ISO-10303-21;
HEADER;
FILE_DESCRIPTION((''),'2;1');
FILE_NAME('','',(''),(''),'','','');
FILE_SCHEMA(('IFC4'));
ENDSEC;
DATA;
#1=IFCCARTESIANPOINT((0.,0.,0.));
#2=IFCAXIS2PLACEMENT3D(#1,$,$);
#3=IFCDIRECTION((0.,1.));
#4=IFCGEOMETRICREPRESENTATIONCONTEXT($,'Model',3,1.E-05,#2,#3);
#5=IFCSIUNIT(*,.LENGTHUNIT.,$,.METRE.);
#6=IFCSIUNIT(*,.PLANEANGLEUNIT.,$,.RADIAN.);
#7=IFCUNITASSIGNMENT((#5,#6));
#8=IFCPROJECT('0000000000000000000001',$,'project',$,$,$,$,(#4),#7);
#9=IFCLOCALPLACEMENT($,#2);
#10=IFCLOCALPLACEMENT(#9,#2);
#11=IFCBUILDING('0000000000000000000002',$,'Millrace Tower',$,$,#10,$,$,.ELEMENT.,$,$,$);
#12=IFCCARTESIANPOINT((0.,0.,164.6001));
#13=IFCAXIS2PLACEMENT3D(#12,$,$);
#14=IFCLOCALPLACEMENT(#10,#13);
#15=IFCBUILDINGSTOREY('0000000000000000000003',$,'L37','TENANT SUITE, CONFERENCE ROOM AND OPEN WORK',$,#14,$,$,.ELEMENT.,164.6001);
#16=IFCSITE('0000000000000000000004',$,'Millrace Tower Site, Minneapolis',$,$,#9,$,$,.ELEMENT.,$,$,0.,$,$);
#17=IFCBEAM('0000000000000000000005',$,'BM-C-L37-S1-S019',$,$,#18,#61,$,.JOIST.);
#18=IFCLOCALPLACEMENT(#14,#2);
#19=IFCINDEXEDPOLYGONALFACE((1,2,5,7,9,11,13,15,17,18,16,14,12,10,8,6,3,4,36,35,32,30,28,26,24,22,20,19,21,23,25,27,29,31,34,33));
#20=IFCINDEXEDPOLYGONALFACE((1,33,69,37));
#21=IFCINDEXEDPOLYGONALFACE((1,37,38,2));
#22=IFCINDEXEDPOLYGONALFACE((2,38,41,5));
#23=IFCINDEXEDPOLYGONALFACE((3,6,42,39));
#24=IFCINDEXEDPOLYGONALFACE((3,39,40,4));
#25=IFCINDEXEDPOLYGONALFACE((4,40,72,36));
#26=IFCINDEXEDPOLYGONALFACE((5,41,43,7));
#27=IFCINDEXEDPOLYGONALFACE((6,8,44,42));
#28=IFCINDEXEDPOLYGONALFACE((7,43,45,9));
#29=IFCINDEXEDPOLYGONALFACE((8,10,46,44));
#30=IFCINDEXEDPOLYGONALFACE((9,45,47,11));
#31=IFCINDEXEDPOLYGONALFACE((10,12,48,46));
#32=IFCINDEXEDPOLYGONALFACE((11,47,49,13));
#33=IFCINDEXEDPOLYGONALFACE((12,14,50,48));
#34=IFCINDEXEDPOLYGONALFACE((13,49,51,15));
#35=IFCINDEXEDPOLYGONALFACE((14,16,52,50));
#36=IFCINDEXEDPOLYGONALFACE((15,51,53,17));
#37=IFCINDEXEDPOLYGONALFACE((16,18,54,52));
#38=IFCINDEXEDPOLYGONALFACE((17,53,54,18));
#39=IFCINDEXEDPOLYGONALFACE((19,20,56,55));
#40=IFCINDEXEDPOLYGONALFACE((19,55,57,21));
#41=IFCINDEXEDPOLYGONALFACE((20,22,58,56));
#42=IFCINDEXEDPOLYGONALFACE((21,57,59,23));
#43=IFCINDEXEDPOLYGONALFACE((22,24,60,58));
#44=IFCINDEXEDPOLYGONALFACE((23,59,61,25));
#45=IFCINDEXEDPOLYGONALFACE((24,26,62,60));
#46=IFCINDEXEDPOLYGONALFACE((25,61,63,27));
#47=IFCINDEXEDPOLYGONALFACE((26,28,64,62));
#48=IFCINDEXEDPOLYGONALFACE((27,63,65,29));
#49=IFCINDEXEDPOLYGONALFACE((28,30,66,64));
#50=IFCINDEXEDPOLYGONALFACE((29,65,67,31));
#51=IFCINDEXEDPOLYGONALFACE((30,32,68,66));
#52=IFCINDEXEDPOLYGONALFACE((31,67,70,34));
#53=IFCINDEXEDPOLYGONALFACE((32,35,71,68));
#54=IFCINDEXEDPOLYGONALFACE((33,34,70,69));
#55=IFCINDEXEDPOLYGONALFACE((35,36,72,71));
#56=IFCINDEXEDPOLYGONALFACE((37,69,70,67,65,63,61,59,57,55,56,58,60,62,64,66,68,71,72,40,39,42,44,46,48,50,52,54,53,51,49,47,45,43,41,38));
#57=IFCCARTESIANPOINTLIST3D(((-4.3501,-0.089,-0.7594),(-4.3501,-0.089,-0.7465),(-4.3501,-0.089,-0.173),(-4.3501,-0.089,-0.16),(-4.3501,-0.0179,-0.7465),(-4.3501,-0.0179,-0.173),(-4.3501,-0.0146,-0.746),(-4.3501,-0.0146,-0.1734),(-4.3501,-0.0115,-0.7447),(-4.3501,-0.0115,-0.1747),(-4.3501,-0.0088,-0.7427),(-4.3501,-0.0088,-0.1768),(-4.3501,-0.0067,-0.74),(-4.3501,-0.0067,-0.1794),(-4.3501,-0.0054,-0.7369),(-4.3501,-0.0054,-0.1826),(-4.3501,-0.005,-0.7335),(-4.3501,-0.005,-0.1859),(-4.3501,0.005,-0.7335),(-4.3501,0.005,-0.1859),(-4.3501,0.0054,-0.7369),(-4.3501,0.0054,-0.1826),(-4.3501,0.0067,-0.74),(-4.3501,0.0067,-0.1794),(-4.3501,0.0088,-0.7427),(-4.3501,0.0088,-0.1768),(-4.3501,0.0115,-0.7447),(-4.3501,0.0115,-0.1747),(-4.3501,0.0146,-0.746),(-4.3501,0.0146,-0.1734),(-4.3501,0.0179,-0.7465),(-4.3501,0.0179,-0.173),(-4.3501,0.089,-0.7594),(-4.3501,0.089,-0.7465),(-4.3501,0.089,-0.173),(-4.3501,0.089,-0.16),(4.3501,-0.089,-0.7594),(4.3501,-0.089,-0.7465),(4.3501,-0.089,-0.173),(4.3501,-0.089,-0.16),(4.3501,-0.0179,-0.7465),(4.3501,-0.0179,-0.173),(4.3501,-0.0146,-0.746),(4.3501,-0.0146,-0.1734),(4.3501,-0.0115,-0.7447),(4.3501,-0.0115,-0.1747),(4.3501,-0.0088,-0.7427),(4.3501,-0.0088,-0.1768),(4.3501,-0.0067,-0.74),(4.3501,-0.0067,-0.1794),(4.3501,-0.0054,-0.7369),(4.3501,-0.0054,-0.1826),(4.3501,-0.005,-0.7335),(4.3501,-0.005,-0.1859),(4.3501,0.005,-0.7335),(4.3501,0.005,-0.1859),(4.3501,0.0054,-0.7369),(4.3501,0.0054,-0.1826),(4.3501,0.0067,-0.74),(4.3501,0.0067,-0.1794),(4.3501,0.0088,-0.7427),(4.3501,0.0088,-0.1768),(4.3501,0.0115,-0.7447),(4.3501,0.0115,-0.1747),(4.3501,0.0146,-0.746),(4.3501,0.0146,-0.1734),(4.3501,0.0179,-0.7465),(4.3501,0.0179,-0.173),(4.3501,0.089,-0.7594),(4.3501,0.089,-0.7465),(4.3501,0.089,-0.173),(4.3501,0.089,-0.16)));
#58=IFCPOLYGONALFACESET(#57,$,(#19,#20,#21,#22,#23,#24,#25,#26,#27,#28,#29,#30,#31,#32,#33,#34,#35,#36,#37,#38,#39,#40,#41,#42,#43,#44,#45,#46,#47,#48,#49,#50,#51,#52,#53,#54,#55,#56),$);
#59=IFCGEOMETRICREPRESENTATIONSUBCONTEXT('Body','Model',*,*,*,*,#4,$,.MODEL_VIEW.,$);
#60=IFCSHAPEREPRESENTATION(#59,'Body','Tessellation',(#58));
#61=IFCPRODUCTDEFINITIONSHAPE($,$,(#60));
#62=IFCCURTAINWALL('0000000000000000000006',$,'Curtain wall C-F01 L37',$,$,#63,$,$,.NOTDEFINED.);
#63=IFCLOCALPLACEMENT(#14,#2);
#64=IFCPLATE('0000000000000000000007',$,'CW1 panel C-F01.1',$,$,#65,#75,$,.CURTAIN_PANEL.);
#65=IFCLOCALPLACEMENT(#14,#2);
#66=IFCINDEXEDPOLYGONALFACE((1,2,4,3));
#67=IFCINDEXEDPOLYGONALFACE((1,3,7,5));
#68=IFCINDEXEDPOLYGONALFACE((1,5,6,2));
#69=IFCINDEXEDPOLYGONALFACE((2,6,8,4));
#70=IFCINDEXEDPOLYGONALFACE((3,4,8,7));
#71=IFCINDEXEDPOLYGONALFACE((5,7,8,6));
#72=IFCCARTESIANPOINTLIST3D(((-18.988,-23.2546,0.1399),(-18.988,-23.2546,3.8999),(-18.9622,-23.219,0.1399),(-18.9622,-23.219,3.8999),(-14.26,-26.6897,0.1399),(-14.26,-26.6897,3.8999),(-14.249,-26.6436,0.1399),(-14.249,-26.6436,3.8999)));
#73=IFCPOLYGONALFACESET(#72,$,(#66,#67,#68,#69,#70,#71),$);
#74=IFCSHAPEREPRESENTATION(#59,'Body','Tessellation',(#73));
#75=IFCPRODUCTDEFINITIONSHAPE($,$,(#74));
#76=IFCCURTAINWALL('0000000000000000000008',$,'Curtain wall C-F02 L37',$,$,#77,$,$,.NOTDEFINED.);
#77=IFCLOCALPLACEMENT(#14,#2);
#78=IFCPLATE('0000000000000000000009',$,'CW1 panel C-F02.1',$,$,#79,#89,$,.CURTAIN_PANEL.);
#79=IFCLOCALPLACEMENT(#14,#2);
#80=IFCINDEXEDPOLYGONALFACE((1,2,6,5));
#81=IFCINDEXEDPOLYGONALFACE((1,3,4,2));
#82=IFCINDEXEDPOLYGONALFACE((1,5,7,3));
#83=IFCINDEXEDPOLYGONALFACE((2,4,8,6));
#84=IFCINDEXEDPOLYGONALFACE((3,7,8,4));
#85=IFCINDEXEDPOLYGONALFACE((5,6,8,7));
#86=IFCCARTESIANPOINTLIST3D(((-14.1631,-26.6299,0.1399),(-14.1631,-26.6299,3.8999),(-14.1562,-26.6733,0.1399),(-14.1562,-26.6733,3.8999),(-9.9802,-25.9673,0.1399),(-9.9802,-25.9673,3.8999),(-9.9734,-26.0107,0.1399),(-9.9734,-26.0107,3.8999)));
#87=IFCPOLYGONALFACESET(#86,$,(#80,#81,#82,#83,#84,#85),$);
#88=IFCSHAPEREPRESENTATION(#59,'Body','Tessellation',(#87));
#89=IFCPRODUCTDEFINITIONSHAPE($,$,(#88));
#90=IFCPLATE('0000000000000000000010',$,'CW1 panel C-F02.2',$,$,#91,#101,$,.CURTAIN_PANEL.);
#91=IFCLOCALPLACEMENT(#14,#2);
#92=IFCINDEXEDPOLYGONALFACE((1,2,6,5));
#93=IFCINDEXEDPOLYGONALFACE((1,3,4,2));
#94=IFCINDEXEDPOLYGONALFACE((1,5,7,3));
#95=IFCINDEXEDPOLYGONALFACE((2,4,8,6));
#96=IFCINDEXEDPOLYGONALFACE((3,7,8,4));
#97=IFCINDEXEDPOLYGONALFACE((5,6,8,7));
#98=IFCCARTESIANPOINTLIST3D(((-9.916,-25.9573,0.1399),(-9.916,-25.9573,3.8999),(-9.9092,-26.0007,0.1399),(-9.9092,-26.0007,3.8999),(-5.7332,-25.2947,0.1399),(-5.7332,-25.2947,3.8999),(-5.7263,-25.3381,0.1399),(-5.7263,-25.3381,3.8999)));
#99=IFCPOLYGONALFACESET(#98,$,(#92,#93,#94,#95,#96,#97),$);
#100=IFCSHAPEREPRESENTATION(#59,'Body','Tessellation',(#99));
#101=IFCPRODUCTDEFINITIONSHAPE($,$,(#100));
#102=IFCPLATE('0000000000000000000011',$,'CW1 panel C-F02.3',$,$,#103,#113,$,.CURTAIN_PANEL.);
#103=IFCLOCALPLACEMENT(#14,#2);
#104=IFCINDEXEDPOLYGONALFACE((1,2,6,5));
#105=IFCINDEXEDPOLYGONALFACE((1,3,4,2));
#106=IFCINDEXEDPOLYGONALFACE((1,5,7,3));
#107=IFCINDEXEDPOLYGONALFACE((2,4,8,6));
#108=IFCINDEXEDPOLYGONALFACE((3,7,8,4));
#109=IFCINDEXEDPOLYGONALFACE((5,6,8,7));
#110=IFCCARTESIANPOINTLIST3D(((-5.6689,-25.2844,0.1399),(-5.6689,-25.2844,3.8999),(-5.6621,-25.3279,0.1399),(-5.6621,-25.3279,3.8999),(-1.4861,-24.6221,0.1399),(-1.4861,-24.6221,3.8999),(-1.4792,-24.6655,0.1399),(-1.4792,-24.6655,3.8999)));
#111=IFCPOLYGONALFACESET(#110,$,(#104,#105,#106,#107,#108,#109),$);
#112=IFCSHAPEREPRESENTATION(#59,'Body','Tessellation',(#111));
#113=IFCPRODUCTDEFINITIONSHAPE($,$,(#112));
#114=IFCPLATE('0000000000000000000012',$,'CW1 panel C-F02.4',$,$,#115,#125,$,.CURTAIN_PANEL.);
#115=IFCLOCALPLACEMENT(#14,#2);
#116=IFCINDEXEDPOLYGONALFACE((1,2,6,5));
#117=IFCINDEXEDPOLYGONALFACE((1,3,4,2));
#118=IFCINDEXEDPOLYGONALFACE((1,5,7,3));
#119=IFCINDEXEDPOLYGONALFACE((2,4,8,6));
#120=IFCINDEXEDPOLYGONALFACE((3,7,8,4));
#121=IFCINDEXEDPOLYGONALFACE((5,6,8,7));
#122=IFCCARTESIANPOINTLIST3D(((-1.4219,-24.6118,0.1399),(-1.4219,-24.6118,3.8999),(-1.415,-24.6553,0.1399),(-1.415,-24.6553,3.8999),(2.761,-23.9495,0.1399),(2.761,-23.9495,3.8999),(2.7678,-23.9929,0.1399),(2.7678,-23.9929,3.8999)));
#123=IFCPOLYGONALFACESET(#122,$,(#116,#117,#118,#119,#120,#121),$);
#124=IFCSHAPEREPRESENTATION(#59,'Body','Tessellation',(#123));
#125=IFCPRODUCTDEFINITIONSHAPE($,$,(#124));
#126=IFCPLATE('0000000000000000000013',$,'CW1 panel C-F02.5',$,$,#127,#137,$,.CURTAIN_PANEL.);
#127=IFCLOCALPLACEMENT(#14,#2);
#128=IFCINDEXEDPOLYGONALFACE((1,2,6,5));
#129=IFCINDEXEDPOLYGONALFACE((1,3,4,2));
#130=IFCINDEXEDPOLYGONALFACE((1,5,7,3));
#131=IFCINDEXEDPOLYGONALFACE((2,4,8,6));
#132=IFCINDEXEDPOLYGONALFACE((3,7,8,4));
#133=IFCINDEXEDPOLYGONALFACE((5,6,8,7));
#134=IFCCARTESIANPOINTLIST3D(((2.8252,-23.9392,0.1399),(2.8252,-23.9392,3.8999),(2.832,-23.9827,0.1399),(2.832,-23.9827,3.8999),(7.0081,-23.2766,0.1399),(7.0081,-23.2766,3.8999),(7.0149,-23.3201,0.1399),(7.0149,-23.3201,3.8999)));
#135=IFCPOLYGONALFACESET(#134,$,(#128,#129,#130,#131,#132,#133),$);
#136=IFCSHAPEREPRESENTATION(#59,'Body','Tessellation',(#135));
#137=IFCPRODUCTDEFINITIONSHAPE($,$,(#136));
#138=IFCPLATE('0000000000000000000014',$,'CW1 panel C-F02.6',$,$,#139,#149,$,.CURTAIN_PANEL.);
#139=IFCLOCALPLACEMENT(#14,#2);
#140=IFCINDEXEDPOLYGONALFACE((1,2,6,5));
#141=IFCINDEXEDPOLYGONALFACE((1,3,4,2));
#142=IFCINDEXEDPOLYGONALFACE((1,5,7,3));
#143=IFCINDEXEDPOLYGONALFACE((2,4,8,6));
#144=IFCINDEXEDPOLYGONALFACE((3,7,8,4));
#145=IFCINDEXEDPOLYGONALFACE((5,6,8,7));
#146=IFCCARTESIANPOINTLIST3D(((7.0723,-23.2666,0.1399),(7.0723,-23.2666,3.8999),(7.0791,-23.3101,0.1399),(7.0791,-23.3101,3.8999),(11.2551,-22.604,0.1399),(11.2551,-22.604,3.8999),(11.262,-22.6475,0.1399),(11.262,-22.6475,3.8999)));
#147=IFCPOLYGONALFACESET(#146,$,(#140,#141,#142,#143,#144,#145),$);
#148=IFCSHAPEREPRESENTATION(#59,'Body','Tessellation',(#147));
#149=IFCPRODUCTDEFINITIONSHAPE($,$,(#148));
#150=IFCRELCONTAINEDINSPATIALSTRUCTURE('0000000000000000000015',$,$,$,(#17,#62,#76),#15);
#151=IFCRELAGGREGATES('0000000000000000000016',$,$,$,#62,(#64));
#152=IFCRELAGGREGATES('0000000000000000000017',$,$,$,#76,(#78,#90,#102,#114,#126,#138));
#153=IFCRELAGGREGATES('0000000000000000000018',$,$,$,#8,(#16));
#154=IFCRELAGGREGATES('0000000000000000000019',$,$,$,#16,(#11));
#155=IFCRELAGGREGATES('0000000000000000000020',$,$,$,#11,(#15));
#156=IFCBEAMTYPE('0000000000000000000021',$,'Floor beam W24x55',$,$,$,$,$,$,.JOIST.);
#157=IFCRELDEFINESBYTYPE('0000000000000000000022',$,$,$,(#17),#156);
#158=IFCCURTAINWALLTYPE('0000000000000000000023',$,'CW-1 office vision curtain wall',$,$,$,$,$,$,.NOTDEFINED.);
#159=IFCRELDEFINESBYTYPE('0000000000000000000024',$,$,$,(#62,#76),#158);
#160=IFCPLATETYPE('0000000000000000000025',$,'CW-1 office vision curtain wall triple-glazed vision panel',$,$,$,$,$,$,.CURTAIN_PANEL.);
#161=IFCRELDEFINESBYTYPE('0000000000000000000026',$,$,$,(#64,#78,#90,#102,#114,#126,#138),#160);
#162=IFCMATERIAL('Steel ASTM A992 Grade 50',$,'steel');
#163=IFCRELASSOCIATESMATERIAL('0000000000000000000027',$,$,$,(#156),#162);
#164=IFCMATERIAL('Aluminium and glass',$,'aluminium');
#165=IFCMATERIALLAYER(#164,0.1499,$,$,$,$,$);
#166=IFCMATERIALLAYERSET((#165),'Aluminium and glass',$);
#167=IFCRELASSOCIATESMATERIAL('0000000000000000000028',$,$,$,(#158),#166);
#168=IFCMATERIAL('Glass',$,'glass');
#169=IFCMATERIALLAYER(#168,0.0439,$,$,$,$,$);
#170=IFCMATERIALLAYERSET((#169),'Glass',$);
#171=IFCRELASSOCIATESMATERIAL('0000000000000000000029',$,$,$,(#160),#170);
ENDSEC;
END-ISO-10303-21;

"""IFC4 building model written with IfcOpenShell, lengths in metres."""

from ifc_helpers import new_model, si_unit, direction, frame, origin, origin_2d, place, context, subcontext, project, spatial, polyline, i_section, outline, extrude, material, layer, layer_set, material_profile, profile_set, type_object, element, aggregate, save


model = new_model("IFC4")

# Units and contexts
model_context = context("Model", 3, precision=1e-05, world=origin(), true_north=direction((0.0, 1.0)))
body_context = subcontext(model_context, "Body", "Model", "MODEL_VIEW")
ifc_project = project(units=[si_unit("LENGTHUNIT", "METRE"), si_unit("PLANEANGLEUNIT", "RADIAN")], contexts=[model_context])

# Site, building, storey
site_placement = place(None, origin())
site = spatial("IfcSite", under=ifc_project, at=site_placement, Name="Millrace Tower Site, Minneapolis", CompositionType="ELEMENT", RefElevation=0.0)
building_placement = place(site_placement, origin())
building = spatial("IfcBuilding", under=site, at=building_placement, Name="Millrace Tower", CompositionType="ELEMENT")
storey_placement = place(building_placement, frame((0.0, 0.0, 164.6001)))
storey = spatial("IfcBuildingStorey", under=building, at=storey_placement, Name="L37", Description="TENANT SUITE, CONFERENCE ROOM AND OPEN WORK", CompositionType="ELEMENT", Elevation=164.6001)

# Beam
ifc_material_1 = material(Name="Steel ASTM A992 Grade 50", Category="steel")
ifc_material_profile_1 = material_profile(ifc_material_1, i_section(OverallWidth=0.178, OverallDepth=0.5994, WebThickness=0.01, FlangeThickness=0.0129, FilletRadius=0.0129, at=origin_2d()))
ifc_profile_set_1 = profile_set([ifc_material_profile_1], Name="Steel ASTM A992 Grade 50")
beam_type_1 = type_object("IfcBeamType", Name="Floor beam W24x55", PredefinedType="JOIST", material=ifc_profile_set_1)
for number, where, z_axis, x_axis, name in (
    (1, (-4.3501, 0.0, -0.4597), (1.0, 0.0, 0.0), (0.0, 1.0, 0.0), "BM-C-L37-S1-S019"),
):
    element("IfcBeam", number, at=place(storey_placement, frame(where, z_axis=z_axis, x_axis=x_axis)), inside=storey, type_object=beam_type_1, Name=name, PredefinedType="JOIST", context=body_context, shape_type="SweptSolid", body=[
        extrude(i_section(OverallWidth=0.178, OverallDepth=0.5994, WebThickness=0.01, FlangeThickness=0.0129, FilletRadius=0.0129, at=origin_2d()), origin(), (0.0, 0.0, 1.0), 8.7002),
    ])

# Curtain wall, plate
ifc_material_2 = material(Name="Aluminium and glass", Category="aluminium")
ifc_layer_1 = layer(ifc_material_2, 0.1499)
ifc_layer_set_1 = layer_set([ifc_layer_1], Name="Aluminium and glass")
curtain_wall_type = type_object("IfcCurtainWallType", Name="CW-1 office vision curtain wall", PredefinedType="NOTDEFINED", material=ifc_layer_set_1)
placement_1 = place(storey_placement, origin())
curtain_wall_1 = element("IfcCurtainWall", 2, at=placement_1, inside=storey, type_object=curtain_wall_type, Name="Curtain wall C-F01 L37", PredefinedType="NOTDEFINED")
ifc_material_3 = material(Name="Glass", Category="glass")
ifc_layer_2 = layer(ifc_material_3, 0.0439)
ifc_layer_set_2 = layer_set([ifc_layer_2], Name="Glass")
plate_type = type_object("IfcPlateType", Name="CW-1 office vision curtain wall triple-glazed vision panel", PredefinedType="CURTAIN_PANEL", material=ifc_layer_set_2)
placement_2 = place(storey_placement, frame((0.0, 0.0, 0.1399)))
plate_1 = element("IfcPlate", 3, at=placement_2, type_object=plate_type, Name="CW1 panel C-F01.1", PredefinedType="CURTAIN_PANEL", context=body_context, shape_type="SweptSolid", body=[
    extrude(outline(polyline([(-18.988, -23.2546), (-14.26, -26.6897), (-14.249, -26.6436), (-18.9622, -23.219), (-18.988, -23.2546)])), origin(), (0.0, 0.0, 1.0), 3.76),
])
aggregate(curtain_wall_1, [plate_1])

# Curtain wall, plates
curtain_wall_2 = element("IfcCurtainWall", 4, at=placement_1, inside=storey, type_object=curtain_wall_type, Name="Curtain wall C-F02 L37", PredefinedType="NOTDEFINED")
plate_2 = element("IfcPlate", 5, at=placement_2, type_object=plate_type, Name="CW1 panel C-F02.1", PredefinedType="CURTAIN_PANEL", context=body_context, shape_type="SweptSolid", body=[
    extrude(outline(polyline([(-14.1562, -26.6733), (-9.9734, -26.0107), (-9.9802, -25.9673), (-14.1631, -26.6299), (-14.1562, -26.6733)])), origin(), (0.0, 0.0, 1.0), 3.76),
])
plate_3 = element("IfcPlate", 6, at=placement_2, type_object=plate_type, Name="CW1 panel C-F02.2", PredefinedType="CURTAIN_PANEL", context=body_context, shape_type="SweptSolid", body=[
    extrude(outline(polyline([(-9.9092, -26.0007), (-5.7263, -25.3381), (-5.7332, -25.2947), (-9.916, -25.9573), (-9.9092, -26.0007)])), origin(), (0.0, 0.0, 1.0), 3.76),
])
plate_4 = element("IfcPlate", 7, at=placement_2, type_object=plate_type, Name="CW1 panel C-F02.3", PredefinedType="CURTAIN_PANEL", context=body_context, shape_type="SweptSolid", body=[
    extrude(outline(polyline([(-5.6621, -25.3279), (-1.4792, -24.6655), (-1.4861, -24.6221), (-5.6689, -25.2844), (-5.6621, -25.3279)])), origin(), (0.0, 0.0, 1.0), 3.76),
])
plate_5 = element("IfcPlate", 8, at=placement_2, type_object=plate_type, Name="CW1 panel C-F02.4", PredefinedType="CURTAIN_PANEL", context=body_context, shape_type="SweptSolid", body=[
    extrude(outline(polyline([(-1.415, -24.6553), (2.7678, -23.9929), (2.761, -23.9495), (-1.4219, -24.6118), (-1.415, -24.6553)])), origin(), (0.0, 0.0, 1.0), 3.76),
])
plate_6 = element("IfcPlate", 9, at=placement_2, type_object=plate_type, Name="CW1 panel C-F02.5", PredefinedType="CURTAIN_PANEL", context=body_context, shape_type="SweptSolid", body=[
    extrude(outline(polyline([(2.832, -23.9827), (7.0149, -23.3201), (7.0081, -23.2766), (2.8252, -23.9392), (2.832, -23.9827)])), origin(), (0.0, 0.0, 1.0), 3.76),
])
plate_7 = element("IfcPlate", 10, at=placement_2, type_object=plate_type, Name="CW1 panel C-F02.6", PredefinedType="CURTAIN_PANEL", context=body_context, shape_type="SweptSolid", body=[
    extrude(outline(polyline([(7.0791, -23.3101), (11.262, -22.6475), (11.2551, -22.604), (7.0723, -23.2666), (7.0791, -23.3101)])), origin(), (0.0, 0.0, 1.0), 3.76),
])
aggregate(curtain_wall_2, [plate_2, plate_3, plate_4, plate_5, plate_6, plate_7])

save(model, "model.ifc")
